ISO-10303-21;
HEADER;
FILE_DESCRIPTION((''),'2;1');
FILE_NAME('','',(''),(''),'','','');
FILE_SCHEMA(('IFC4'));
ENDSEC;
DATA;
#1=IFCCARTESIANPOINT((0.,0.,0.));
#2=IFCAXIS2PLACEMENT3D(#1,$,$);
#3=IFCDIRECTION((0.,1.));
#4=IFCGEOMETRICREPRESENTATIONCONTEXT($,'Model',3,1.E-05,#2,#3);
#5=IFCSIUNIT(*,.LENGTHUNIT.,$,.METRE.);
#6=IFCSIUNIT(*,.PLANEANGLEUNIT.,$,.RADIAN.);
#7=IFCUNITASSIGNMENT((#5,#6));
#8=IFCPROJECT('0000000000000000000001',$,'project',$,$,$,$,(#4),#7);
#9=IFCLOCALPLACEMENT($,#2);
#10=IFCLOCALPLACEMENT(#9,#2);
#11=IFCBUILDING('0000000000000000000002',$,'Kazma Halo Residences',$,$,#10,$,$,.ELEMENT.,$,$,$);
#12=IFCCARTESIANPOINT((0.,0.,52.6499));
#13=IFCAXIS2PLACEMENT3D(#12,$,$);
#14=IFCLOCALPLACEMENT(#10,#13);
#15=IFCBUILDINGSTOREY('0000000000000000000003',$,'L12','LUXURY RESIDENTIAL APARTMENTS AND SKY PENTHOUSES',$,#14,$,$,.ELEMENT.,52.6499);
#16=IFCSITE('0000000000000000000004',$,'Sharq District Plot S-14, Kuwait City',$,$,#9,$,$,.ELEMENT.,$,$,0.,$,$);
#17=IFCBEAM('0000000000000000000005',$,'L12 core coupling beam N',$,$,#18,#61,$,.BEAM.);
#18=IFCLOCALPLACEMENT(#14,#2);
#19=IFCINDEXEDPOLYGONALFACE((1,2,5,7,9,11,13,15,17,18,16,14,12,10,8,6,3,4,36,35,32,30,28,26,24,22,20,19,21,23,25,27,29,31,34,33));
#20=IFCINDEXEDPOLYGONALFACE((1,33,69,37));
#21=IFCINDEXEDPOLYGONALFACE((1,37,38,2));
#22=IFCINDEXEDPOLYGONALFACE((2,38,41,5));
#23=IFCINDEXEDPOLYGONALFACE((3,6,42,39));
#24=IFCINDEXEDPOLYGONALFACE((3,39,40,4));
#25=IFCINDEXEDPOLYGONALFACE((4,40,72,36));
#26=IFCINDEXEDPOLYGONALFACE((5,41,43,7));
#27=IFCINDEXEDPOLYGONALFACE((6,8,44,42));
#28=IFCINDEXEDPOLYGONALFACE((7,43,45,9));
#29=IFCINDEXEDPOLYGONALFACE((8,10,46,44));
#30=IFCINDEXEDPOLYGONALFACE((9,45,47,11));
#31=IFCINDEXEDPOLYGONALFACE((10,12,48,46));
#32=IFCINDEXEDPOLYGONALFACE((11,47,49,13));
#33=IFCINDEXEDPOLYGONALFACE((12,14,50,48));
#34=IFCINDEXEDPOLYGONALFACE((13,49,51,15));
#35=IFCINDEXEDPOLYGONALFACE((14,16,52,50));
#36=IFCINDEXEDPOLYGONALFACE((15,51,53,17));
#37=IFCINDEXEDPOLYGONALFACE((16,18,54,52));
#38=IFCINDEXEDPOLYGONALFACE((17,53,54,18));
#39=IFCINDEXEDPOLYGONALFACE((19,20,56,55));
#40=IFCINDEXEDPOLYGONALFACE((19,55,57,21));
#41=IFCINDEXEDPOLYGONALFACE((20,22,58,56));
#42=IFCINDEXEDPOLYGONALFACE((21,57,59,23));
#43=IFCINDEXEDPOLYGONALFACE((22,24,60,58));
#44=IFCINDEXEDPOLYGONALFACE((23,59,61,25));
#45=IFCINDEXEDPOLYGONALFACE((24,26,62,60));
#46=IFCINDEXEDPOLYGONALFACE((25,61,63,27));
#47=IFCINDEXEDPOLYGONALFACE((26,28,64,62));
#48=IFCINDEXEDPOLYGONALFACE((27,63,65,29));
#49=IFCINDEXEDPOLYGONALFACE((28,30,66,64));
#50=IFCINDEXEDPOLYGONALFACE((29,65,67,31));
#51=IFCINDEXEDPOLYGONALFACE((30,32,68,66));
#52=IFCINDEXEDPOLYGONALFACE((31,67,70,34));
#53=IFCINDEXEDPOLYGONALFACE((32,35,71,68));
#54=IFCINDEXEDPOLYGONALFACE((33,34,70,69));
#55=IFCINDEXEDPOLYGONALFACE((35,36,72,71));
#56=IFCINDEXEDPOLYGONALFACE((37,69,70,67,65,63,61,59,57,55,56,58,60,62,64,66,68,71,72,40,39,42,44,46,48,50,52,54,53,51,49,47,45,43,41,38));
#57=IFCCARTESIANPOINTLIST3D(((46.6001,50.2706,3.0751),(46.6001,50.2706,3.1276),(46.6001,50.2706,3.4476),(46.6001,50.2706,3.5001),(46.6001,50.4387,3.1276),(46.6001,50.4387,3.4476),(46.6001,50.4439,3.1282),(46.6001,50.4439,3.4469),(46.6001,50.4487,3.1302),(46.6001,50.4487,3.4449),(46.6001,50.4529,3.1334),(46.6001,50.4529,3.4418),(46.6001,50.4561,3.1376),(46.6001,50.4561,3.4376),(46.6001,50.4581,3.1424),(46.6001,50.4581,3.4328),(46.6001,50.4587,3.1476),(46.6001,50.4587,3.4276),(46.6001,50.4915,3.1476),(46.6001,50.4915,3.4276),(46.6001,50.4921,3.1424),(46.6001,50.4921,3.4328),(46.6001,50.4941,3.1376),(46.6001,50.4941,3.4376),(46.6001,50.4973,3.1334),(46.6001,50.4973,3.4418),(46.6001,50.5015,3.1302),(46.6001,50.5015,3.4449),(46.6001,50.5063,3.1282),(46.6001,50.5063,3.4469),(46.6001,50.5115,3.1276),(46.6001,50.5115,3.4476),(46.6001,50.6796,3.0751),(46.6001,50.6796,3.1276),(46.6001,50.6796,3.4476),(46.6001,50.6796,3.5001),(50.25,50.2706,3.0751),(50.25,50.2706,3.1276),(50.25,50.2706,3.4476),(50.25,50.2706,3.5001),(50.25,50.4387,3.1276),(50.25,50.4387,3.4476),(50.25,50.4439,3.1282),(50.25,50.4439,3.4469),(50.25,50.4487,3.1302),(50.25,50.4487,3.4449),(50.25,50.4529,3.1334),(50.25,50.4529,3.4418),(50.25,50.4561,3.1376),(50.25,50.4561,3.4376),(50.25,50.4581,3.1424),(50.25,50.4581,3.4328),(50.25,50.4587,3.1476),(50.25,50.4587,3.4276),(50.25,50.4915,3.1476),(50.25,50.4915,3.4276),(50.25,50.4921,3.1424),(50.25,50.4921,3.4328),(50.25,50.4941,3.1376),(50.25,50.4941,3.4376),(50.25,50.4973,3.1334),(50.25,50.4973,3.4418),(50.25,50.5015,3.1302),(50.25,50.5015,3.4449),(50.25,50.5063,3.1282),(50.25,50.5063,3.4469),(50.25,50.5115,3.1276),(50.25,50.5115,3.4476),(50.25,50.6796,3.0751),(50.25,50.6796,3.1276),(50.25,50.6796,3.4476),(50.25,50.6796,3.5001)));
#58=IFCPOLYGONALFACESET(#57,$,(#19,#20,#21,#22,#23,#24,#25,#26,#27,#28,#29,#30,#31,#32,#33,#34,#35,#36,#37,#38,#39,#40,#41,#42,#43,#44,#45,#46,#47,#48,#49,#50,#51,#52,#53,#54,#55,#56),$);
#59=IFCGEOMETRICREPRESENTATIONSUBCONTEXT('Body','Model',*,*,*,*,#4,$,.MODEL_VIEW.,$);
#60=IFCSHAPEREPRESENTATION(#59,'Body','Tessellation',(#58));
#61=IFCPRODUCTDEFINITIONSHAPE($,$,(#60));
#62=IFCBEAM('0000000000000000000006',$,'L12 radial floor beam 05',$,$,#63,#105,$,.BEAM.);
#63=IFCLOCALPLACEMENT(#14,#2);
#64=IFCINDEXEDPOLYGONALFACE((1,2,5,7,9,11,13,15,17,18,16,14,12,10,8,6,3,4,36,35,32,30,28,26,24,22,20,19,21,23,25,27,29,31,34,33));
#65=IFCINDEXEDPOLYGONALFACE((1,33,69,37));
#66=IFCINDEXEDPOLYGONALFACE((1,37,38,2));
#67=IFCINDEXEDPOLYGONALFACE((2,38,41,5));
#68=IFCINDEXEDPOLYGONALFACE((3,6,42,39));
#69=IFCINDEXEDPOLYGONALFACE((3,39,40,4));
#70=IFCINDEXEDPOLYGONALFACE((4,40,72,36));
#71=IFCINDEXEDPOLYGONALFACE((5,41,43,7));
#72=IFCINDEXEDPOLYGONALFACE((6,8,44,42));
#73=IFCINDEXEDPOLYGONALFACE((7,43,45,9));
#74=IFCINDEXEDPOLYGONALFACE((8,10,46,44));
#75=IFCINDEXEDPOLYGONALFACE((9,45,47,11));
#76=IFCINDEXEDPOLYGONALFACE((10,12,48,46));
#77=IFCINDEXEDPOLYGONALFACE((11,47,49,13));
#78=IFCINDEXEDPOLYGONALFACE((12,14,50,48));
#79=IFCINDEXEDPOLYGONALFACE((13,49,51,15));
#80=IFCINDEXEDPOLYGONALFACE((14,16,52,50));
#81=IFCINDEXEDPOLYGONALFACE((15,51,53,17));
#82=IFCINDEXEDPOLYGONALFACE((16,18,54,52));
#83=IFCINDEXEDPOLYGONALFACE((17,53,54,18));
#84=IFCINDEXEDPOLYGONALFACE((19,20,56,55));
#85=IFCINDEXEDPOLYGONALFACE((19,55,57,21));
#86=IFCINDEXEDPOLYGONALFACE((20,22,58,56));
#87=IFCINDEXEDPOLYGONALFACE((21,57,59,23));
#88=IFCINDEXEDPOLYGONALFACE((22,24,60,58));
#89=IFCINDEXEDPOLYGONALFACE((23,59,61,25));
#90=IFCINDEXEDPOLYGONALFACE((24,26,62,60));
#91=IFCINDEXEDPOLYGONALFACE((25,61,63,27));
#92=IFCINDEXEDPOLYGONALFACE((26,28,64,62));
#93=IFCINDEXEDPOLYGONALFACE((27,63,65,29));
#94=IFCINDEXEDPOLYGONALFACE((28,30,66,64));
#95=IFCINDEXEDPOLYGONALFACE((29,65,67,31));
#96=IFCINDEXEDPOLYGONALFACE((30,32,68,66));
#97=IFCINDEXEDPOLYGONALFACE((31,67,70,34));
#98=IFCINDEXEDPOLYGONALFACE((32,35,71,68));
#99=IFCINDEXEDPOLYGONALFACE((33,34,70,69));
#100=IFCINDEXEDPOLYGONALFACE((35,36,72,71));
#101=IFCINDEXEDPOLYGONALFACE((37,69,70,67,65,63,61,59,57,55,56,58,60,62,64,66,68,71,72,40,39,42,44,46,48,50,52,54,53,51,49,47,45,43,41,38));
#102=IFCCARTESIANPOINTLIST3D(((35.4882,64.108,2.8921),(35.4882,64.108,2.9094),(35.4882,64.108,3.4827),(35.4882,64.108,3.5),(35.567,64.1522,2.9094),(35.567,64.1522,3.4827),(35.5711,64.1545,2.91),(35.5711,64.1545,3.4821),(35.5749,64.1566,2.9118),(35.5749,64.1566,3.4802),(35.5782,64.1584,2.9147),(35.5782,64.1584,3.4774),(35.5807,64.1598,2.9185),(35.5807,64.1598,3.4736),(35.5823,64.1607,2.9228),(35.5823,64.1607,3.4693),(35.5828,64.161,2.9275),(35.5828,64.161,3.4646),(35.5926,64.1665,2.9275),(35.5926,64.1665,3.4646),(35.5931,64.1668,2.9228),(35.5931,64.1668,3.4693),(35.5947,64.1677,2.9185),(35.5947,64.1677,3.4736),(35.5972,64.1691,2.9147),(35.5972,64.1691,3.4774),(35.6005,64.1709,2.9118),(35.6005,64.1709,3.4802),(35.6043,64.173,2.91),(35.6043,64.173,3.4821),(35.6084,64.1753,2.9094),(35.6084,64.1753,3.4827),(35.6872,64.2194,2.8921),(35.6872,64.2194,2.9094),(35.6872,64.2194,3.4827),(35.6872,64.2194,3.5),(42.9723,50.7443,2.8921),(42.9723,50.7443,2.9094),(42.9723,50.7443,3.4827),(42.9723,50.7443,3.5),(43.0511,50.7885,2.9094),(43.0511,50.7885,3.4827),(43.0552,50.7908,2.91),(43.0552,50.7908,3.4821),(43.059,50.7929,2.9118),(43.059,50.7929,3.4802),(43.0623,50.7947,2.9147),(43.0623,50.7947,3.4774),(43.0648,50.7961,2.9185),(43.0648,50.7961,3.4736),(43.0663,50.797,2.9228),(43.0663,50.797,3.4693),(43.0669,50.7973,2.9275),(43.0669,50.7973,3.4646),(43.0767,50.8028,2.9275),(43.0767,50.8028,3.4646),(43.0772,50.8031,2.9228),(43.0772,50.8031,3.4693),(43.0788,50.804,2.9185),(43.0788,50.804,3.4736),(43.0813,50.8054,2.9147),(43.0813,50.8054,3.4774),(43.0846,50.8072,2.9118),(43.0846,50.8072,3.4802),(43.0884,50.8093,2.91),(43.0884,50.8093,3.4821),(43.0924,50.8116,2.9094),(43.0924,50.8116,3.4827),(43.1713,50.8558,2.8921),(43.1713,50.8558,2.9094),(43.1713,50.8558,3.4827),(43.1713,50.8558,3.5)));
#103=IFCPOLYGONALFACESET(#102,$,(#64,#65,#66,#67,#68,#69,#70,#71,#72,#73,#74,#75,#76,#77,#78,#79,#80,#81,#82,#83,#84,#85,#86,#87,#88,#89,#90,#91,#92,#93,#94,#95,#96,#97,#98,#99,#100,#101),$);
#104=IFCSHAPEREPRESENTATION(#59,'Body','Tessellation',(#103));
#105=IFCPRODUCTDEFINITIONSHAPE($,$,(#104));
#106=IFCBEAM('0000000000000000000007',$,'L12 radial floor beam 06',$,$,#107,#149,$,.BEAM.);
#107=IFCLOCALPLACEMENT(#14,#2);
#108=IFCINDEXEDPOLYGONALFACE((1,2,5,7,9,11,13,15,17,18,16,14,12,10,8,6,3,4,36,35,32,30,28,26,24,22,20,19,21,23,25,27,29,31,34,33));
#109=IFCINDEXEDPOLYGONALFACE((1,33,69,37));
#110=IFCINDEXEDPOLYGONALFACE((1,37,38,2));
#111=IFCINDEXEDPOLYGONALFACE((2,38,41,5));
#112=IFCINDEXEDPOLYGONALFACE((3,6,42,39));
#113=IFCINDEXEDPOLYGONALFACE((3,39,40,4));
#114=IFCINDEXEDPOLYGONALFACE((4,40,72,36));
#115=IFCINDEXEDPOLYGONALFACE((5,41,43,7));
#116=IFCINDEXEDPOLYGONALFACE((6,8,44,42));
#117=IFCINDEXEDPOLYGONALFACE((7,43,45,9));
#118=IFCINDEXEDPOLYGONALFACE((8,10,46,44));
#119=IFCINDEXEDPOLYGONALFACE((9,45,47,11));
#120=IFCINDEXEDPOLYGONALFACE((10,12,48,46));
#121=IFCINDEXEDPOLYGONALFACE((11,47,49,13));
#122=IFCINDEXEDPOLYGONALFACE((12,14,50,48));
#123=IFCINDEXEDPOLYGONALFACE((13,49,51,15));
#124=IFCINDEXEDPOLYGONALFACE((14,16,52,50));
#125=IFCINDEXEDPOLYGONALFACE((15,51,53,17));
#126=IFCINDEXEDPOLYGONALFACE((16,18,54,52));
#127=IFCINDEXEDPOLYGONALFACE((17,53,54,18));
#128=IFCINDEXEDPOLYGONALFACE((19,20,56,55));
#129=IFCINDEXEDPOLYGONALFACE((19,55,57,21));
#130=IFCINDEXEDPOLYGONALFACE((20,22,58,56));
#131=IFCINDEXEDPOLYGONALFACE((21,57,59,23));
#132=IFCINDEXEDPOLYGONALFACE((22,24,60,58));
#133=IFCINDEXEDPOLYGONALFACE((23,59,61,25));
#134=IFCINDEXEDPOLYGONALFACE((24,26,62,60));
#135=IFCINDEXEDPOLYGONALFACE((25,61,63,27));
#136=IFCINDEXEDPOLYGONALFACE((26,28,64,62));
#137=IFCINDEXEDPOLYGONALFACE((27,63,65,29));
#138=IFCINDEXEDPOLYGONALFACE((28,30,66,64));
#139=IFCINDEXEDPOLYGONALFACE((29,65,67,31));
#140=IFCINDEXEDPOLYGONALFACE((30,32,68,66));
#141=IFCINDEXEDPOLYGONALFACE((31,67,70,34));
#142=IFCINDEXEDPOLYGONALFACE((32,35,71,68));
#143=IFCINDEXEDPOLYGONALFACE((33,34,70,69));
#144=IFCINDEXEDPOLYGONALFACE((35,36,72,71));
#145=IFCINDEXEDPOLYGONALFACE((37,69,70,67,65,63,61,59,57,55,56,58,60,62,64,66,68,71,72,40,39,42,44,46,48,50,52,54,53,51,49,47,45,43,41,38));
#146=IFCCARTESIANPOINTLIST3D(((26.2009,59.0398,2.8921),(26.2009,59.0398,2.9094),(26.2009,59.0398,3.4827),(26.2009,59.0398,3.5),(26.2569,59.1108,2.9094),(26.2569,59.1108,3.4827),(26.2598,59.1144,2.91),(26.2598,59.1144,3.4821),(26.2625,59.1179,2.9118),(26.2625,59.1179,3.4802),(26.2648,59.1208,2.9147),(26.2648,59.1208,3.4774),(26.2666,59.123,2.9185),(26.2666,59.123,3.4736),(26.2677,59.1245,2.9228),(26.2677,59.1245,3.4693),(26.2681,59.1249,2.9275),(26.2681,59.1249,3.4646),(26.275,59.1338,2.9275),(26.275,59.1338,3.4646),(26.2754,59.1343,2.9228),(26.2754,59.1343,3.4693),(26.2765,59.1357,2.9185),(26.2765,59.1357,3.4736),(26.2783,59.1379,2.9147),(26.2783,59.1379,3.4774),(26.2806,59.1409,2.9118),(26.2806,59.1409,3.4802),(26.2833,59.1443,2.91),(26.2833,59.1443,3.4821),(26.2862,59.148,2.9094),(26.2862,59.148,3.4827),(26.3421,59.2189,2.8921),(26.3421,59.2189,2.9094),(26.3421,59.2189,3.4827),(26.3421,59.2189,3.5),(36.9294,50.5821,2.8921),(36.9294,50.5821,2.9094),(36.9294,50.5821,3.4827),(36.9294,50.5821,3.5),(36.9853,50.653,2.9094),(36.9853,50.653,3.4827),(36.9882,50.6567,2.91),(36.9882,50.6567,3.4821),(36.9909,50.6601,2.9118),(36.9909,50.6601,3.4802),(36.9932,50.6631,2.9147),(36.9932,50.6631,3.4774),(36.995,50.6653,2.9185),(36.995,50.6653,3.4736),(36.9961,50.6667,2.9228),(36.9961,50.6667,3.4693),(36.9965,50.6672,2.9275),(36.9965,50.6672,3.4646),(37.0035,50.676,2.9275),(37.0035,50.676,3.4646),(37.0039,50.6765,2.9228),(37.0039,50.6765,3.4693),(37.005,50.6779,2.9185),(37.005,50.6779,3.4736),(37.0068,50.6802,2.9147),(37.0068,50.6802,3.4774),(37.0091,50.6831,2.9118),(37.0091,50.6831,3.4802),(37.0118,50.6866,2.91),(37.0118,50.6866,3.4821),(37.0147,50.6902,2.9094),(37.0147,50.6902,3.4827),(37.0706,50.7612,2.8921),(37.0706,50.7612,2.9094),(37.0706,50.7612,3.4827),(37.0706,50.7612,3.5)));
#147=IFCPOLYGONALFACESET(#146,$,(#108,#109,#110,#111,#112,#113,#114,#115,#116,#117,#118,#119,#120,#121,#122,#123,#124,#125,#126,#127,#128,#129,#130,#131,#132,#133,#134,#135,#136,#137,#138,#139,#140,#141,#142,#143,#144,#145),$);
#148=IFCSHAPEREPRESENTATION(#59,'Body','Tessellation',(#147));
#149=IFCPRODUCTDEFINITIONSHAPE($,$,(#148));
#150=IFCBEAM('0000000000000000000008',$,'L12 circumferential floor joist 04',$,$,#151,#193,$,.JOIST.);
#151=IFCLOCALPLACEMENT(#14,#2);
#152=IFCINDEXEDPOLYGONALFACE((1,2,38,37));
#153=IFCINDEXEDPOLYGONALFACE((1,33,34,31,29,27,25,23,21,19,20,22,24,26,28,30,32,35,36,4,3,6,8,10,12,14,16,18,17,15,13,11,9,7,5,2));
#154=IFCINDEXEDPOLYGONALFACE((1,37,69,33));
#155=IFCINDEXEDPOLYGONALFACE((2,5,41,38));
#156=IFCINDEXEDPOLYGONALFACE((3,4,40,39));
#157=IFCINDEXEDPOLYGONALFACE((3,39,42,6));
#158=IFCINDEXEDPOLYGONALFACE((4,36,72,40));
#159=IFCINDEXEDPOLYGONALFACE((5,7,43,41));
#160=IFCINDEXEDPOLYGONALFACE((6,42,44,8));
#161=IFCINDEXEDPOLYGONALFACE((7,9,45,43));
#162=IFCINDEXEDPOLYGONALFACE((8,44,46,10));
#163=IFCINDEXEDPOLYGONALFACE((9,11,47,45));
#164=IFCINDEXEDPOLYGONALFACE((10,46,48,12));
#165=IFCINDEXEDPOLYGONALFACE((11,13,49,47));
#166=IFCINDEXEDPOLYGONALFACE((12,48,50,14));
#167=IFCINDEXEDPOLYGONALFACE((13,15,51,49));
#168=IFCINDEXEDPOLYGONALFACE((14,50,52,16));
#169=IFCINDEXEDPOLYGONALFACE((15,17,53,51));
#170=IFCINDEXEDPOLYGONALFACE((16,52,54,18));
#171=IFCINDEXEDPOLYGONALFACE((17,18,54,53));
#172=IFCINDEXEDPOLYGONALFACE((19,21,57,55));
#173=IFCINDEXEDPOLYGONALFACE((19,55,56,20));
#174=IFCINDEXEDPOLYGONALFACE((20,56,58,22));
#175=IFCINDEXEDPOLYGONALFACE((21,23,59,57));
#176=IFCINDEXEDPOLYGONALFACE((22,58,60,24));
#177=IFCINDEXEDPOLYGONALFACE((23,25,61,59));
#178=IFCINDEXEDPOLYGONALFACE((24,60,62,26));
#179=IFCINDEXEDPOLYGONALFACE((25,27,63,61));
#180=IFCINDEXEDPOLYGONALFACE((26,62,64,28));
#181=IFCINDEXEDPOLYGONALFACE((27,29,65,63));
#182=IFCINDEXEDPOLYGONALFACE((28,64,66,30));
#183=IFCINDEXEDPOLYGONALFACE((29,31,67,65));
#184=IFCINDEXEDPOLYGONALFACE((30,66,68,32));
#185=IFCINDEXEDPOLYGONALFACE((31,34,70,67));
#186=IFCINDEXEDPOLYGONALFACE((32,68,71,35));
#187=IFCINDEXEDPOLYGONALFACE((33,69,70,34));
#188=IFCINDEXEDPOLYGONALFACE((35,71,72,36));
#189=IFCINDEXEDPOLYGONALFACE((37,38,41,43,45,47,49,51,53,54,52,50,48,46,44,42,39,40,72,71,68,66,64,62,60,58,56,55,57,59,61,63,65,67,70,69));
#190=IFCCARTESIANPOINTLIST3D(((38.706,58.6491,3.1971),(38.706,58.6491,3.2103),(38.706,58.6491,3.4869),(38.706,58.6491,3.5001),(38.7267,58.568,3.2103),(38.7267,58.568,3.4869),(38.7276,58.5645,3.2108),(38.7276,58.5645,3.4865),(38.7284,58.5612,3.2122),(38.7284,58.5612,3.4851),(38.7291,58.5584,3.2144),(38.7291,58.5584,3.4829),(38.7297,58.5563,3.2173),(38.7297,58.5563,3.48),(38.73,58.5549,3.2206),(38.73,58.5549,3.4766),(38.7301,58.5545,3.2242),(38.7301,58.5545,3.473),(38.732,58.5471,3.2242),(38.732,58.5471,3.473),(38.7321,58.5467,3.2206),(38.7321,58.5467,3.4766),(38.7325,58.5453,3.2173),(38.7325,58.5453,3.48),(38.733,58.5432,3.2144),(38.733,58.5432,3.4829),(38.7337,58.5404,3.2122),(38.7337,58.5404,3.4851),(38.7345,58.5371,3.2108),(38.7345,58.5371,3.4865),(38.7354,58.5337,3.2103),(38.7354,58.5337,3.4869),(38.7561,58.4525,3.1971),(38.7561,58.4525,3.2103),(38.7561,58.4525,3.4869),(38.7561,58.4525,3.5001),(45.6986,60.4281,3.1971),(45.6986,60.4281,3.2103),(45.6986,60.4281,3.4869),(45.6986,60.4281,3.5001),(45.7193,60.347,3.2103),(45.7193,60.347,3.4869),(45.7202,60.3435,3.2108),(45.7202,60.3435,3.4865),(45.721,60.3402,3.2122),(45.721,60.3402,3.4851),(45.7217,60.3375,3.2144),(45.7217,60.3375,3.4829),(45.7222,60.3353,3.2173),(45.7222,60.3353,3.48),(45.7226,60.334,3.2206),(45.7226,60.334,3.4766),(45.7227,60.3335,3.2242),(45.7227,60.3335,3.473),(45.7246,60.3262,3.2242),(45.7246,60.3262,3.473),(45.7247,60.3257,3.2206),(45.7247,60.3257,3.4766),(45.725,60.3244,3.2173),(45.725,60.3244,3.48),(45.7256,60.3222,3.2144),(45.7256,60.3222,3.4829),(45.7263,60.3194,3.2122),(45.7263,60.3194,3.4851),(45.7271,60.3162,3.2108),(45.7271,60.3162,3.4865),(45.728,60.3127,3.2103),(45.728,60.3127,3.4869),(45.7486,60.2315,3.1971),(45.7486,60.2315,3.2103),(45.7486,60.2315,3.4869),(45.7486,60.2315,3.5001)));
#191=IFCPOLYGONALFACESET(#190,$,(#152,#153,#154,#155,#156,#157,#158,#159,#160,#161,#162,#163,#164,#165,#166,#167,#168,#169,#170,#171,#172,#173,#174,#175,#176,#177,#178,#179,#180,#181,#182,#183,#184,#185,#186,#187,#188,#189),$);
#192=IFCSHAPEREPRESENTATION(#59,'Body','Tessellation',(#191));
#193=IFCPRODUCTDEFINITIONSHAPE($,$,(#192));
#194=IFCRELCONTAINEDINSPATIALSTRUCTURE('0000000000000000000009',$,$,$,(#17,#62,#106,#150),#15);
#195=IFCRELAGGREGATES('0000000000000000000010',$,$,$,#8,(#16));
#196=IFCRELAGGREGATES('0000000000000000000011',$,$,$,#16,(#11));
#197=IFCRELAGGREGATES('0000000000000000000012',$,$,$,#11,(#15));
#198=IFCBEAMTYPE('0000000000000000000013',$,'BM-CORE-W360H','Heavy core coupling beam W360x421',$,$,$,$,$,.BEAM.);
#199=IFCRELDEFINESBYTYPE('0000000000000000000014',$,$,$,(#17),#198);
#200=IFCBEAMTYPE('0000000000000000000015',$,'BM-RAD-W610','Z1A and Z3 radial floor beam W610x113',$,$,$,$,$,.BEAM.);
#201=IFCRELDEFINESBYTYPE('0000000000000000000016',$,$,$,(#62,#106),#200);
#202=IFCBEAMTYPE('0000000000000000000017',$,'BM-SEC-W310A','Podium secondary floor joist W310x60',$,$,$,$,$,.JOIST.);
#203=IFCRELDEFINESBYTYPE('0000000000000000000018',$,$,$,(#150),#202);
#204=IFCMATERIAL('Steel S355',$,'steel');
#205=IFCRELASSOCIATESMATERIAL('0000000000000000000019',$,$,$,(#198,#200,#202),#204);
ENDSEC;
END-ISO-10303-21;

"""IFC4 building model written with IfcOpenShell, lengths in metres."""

from ifc_helpers import new_model, si_unit, direction, frame, origin, origin_2d, place, context, subcontext, project, spatial, i_section, extrude, material, material_profile, profile_set, type_object, element, save


model = new_model("IFC4")

# Units and contexts
model_context = context("Model", 3, precision=1e-05, world=origin(), true_north=direction((0.0, 1.0)))
body_context = subcontext(model_context, "Body", "Model", "MODEL_VIEW")
ifc_project = project(units=[si_unit("LENGTHUNIT", "METRE"), si_unit("PLANEANGLEUNIT", "RADIAN")], contexts=[model_context])

# Site, building, storey
site_placement = place(None, origin())
site = spatial("IfcSite", under=ifc_project, at=site_placement, Name="Sharq District Plot S-14, Kuwait City", CompositionType="ELEMENT", RefElevation=0.0)
building_placement = place(site_placement, origin())
building = spatial("IfcBuilding", under=site, at=building_placement, Name="Kazma Halo Residences", CompositionType="ELEMENT")
storey_placement = place(building_placement, frame((0.0, 0.0, 52.6499)))
storey = spatial("IfcBuildingStorey", under=building, at=storey_placement, Name="L12", Description="LUXURY RESIDENTIAL APARTMENTS AND SKY PENTHOUSES", CompositionType="ELEMENT", Elevation=52.6499)

# Beams
ifc_material_1 = material(Name="Steel S355", Category="steel")
ifc_material_profile_1 = material_profile(ifc_material_1, i_section(OverallWidth=0.4089, OverallDepth=0.425, WebThickness=0.0327, FlangeThickness=0.0525, FilletRadius=0.02, at=origin_2d()), Name="W360x421")
ifc_profile_set_1 = profile_set([ifc_material_profile_1], Name="Steel S355")
beam_type_1 = type_object("IfcBeamType", Name="BM-CORE-W360H", Description="Heavy core coupling beam W360x421", PredefinedType="BEAM", material=ifc_profile_set_1)
beam_1_placement = place(storey_placement, frame((46.6001, 50.4751, 3.2876), z_axis=(1.0, 0.0, 0.0), x_axis=(0.0, 1.0, 0.0)))
element("IfcBeam", 1, at=beam_1_placement, inside=storey, type_object=beam_type_1, Name="L12 core coupling beam N", PredefinedType="BEAM", context=body_context, shape_type="SweptSolid", body=[
    extrude(i_section(OverallWidth=0.4089, OverallDepth=0.425, WebThickness=0.0327, FlangeThickness=0.0525, FilletRadius=0.02, at=origin_2d()), origin(), (0.0, 0.0, 1.0), 3.6499),
])
ifc_material_profile_2 = material_profile(ifc_material_1, i_section(OverallWidth=0.228, OverallDepth=0.6079, WebThickness=0.0112, FlangeThickness=0.0173, FilletRadius=0.0181, at=origin_2d()), Name="W610x113")
ifc_profile_set_2 = profile_set([ifc_material_profile_2], Name="Steel S355")
beam_type_2 = type_object("IfcBeamType", Name="BM-RAD-W610", Description="Z1A and Z3 radial floor beam W610x113", PredefinedType="BEAM", material=ifc_profile_set_2)
beam_2_placement = place(storey_placement, frame((43.0718, 50.8, 3.196), z_axis=(-0.488624, 0.872494, 0.0), x_axis=(-0.872494, -0.488624, 0.0)))
element("IfcBeam", 2, at=beam_2_placement, inside=storey, type_object=beam_type_2, Name="L12 radial floor beam 05", PredefinedType="BEAM", context=body_context, shape_type="SweptSolid", body=[
    extrude(i_section(OverallWidth=0.228, OverallDepth=0.6079, WebThickness=0.0112, FlangeThickness=0.0173, FilletRadius=0.0181, at=origin_2d()), origin(), (0.0, 0.0, 1.0), 15.3167),
])
beam_3_placement = place(storey_placement, frame((37.0, 50.6716, 3.196), z_axis=(-0.785314, 0.619098, 0.0), x_axis=(-0.619098, -0.785314, 0.0)))
element("IfcBeam", 3, at=beam_3_placement, inside=storey, type_object=beam_type_2, Name="L12 radial floor beam 06", PredefinedType="BEAM", context=body_context, shape_type="SweptSolid", body=[
    extrude(i_section(OverallWidth=0.228, OverallDepth=0.6079, WebThickness=0.0112, FlangeThickness=0.0173, FilletRadius=0.0181, at=origin_2d()), origin(), (0.0, 0.0, 1.0), 13.6614),
])
ifc_material_profile_3 = material_profile(ifc_material_1, i_section(OverallWidth=0.2029, OverallDepth=0.303, WebThickness=0.0076, FlangeThickness=0.0132, FilletRadius=0.0139, at=origin_2d()), Name="W310x60")
ifc_profile_set_3 = profile_set([ifc_material_profile_3], Name="Steel S355")
beam_type_3 = type_object("IfcBeamType", Name="BM-SEC-W310A", Description="Podium secondary floor joist W310x60", PredefinedType="JOIST", material=ifc_profile_set_3)
beam_4_placement = place(storey_placement, frame((45.7236, 60.3298, 3.3486), z_axis=(-0.969127, -0.246562, 0.0), x_axis=(0.246562, -0.969127, 0.0)))
element("IfcBeam", 4, at=beam_4_placement, inside=storey, type_object=beam_type_3, Name="L12 circumferential floor joist 04", PredefinedType="JOIST", context=body_context, shape_type="SweptSolid", body=[
    extrude(i_section(OverallWidth=0.2029, OverallDepth=0.303, WebThickness=0.0076, FlangeThickness=0.0132, FilletRadius=0.0139, at=origin_2d()), origin(), (0.0, 0.0, 1.0), 7.2153),
])

save(model, "model.ifc")
